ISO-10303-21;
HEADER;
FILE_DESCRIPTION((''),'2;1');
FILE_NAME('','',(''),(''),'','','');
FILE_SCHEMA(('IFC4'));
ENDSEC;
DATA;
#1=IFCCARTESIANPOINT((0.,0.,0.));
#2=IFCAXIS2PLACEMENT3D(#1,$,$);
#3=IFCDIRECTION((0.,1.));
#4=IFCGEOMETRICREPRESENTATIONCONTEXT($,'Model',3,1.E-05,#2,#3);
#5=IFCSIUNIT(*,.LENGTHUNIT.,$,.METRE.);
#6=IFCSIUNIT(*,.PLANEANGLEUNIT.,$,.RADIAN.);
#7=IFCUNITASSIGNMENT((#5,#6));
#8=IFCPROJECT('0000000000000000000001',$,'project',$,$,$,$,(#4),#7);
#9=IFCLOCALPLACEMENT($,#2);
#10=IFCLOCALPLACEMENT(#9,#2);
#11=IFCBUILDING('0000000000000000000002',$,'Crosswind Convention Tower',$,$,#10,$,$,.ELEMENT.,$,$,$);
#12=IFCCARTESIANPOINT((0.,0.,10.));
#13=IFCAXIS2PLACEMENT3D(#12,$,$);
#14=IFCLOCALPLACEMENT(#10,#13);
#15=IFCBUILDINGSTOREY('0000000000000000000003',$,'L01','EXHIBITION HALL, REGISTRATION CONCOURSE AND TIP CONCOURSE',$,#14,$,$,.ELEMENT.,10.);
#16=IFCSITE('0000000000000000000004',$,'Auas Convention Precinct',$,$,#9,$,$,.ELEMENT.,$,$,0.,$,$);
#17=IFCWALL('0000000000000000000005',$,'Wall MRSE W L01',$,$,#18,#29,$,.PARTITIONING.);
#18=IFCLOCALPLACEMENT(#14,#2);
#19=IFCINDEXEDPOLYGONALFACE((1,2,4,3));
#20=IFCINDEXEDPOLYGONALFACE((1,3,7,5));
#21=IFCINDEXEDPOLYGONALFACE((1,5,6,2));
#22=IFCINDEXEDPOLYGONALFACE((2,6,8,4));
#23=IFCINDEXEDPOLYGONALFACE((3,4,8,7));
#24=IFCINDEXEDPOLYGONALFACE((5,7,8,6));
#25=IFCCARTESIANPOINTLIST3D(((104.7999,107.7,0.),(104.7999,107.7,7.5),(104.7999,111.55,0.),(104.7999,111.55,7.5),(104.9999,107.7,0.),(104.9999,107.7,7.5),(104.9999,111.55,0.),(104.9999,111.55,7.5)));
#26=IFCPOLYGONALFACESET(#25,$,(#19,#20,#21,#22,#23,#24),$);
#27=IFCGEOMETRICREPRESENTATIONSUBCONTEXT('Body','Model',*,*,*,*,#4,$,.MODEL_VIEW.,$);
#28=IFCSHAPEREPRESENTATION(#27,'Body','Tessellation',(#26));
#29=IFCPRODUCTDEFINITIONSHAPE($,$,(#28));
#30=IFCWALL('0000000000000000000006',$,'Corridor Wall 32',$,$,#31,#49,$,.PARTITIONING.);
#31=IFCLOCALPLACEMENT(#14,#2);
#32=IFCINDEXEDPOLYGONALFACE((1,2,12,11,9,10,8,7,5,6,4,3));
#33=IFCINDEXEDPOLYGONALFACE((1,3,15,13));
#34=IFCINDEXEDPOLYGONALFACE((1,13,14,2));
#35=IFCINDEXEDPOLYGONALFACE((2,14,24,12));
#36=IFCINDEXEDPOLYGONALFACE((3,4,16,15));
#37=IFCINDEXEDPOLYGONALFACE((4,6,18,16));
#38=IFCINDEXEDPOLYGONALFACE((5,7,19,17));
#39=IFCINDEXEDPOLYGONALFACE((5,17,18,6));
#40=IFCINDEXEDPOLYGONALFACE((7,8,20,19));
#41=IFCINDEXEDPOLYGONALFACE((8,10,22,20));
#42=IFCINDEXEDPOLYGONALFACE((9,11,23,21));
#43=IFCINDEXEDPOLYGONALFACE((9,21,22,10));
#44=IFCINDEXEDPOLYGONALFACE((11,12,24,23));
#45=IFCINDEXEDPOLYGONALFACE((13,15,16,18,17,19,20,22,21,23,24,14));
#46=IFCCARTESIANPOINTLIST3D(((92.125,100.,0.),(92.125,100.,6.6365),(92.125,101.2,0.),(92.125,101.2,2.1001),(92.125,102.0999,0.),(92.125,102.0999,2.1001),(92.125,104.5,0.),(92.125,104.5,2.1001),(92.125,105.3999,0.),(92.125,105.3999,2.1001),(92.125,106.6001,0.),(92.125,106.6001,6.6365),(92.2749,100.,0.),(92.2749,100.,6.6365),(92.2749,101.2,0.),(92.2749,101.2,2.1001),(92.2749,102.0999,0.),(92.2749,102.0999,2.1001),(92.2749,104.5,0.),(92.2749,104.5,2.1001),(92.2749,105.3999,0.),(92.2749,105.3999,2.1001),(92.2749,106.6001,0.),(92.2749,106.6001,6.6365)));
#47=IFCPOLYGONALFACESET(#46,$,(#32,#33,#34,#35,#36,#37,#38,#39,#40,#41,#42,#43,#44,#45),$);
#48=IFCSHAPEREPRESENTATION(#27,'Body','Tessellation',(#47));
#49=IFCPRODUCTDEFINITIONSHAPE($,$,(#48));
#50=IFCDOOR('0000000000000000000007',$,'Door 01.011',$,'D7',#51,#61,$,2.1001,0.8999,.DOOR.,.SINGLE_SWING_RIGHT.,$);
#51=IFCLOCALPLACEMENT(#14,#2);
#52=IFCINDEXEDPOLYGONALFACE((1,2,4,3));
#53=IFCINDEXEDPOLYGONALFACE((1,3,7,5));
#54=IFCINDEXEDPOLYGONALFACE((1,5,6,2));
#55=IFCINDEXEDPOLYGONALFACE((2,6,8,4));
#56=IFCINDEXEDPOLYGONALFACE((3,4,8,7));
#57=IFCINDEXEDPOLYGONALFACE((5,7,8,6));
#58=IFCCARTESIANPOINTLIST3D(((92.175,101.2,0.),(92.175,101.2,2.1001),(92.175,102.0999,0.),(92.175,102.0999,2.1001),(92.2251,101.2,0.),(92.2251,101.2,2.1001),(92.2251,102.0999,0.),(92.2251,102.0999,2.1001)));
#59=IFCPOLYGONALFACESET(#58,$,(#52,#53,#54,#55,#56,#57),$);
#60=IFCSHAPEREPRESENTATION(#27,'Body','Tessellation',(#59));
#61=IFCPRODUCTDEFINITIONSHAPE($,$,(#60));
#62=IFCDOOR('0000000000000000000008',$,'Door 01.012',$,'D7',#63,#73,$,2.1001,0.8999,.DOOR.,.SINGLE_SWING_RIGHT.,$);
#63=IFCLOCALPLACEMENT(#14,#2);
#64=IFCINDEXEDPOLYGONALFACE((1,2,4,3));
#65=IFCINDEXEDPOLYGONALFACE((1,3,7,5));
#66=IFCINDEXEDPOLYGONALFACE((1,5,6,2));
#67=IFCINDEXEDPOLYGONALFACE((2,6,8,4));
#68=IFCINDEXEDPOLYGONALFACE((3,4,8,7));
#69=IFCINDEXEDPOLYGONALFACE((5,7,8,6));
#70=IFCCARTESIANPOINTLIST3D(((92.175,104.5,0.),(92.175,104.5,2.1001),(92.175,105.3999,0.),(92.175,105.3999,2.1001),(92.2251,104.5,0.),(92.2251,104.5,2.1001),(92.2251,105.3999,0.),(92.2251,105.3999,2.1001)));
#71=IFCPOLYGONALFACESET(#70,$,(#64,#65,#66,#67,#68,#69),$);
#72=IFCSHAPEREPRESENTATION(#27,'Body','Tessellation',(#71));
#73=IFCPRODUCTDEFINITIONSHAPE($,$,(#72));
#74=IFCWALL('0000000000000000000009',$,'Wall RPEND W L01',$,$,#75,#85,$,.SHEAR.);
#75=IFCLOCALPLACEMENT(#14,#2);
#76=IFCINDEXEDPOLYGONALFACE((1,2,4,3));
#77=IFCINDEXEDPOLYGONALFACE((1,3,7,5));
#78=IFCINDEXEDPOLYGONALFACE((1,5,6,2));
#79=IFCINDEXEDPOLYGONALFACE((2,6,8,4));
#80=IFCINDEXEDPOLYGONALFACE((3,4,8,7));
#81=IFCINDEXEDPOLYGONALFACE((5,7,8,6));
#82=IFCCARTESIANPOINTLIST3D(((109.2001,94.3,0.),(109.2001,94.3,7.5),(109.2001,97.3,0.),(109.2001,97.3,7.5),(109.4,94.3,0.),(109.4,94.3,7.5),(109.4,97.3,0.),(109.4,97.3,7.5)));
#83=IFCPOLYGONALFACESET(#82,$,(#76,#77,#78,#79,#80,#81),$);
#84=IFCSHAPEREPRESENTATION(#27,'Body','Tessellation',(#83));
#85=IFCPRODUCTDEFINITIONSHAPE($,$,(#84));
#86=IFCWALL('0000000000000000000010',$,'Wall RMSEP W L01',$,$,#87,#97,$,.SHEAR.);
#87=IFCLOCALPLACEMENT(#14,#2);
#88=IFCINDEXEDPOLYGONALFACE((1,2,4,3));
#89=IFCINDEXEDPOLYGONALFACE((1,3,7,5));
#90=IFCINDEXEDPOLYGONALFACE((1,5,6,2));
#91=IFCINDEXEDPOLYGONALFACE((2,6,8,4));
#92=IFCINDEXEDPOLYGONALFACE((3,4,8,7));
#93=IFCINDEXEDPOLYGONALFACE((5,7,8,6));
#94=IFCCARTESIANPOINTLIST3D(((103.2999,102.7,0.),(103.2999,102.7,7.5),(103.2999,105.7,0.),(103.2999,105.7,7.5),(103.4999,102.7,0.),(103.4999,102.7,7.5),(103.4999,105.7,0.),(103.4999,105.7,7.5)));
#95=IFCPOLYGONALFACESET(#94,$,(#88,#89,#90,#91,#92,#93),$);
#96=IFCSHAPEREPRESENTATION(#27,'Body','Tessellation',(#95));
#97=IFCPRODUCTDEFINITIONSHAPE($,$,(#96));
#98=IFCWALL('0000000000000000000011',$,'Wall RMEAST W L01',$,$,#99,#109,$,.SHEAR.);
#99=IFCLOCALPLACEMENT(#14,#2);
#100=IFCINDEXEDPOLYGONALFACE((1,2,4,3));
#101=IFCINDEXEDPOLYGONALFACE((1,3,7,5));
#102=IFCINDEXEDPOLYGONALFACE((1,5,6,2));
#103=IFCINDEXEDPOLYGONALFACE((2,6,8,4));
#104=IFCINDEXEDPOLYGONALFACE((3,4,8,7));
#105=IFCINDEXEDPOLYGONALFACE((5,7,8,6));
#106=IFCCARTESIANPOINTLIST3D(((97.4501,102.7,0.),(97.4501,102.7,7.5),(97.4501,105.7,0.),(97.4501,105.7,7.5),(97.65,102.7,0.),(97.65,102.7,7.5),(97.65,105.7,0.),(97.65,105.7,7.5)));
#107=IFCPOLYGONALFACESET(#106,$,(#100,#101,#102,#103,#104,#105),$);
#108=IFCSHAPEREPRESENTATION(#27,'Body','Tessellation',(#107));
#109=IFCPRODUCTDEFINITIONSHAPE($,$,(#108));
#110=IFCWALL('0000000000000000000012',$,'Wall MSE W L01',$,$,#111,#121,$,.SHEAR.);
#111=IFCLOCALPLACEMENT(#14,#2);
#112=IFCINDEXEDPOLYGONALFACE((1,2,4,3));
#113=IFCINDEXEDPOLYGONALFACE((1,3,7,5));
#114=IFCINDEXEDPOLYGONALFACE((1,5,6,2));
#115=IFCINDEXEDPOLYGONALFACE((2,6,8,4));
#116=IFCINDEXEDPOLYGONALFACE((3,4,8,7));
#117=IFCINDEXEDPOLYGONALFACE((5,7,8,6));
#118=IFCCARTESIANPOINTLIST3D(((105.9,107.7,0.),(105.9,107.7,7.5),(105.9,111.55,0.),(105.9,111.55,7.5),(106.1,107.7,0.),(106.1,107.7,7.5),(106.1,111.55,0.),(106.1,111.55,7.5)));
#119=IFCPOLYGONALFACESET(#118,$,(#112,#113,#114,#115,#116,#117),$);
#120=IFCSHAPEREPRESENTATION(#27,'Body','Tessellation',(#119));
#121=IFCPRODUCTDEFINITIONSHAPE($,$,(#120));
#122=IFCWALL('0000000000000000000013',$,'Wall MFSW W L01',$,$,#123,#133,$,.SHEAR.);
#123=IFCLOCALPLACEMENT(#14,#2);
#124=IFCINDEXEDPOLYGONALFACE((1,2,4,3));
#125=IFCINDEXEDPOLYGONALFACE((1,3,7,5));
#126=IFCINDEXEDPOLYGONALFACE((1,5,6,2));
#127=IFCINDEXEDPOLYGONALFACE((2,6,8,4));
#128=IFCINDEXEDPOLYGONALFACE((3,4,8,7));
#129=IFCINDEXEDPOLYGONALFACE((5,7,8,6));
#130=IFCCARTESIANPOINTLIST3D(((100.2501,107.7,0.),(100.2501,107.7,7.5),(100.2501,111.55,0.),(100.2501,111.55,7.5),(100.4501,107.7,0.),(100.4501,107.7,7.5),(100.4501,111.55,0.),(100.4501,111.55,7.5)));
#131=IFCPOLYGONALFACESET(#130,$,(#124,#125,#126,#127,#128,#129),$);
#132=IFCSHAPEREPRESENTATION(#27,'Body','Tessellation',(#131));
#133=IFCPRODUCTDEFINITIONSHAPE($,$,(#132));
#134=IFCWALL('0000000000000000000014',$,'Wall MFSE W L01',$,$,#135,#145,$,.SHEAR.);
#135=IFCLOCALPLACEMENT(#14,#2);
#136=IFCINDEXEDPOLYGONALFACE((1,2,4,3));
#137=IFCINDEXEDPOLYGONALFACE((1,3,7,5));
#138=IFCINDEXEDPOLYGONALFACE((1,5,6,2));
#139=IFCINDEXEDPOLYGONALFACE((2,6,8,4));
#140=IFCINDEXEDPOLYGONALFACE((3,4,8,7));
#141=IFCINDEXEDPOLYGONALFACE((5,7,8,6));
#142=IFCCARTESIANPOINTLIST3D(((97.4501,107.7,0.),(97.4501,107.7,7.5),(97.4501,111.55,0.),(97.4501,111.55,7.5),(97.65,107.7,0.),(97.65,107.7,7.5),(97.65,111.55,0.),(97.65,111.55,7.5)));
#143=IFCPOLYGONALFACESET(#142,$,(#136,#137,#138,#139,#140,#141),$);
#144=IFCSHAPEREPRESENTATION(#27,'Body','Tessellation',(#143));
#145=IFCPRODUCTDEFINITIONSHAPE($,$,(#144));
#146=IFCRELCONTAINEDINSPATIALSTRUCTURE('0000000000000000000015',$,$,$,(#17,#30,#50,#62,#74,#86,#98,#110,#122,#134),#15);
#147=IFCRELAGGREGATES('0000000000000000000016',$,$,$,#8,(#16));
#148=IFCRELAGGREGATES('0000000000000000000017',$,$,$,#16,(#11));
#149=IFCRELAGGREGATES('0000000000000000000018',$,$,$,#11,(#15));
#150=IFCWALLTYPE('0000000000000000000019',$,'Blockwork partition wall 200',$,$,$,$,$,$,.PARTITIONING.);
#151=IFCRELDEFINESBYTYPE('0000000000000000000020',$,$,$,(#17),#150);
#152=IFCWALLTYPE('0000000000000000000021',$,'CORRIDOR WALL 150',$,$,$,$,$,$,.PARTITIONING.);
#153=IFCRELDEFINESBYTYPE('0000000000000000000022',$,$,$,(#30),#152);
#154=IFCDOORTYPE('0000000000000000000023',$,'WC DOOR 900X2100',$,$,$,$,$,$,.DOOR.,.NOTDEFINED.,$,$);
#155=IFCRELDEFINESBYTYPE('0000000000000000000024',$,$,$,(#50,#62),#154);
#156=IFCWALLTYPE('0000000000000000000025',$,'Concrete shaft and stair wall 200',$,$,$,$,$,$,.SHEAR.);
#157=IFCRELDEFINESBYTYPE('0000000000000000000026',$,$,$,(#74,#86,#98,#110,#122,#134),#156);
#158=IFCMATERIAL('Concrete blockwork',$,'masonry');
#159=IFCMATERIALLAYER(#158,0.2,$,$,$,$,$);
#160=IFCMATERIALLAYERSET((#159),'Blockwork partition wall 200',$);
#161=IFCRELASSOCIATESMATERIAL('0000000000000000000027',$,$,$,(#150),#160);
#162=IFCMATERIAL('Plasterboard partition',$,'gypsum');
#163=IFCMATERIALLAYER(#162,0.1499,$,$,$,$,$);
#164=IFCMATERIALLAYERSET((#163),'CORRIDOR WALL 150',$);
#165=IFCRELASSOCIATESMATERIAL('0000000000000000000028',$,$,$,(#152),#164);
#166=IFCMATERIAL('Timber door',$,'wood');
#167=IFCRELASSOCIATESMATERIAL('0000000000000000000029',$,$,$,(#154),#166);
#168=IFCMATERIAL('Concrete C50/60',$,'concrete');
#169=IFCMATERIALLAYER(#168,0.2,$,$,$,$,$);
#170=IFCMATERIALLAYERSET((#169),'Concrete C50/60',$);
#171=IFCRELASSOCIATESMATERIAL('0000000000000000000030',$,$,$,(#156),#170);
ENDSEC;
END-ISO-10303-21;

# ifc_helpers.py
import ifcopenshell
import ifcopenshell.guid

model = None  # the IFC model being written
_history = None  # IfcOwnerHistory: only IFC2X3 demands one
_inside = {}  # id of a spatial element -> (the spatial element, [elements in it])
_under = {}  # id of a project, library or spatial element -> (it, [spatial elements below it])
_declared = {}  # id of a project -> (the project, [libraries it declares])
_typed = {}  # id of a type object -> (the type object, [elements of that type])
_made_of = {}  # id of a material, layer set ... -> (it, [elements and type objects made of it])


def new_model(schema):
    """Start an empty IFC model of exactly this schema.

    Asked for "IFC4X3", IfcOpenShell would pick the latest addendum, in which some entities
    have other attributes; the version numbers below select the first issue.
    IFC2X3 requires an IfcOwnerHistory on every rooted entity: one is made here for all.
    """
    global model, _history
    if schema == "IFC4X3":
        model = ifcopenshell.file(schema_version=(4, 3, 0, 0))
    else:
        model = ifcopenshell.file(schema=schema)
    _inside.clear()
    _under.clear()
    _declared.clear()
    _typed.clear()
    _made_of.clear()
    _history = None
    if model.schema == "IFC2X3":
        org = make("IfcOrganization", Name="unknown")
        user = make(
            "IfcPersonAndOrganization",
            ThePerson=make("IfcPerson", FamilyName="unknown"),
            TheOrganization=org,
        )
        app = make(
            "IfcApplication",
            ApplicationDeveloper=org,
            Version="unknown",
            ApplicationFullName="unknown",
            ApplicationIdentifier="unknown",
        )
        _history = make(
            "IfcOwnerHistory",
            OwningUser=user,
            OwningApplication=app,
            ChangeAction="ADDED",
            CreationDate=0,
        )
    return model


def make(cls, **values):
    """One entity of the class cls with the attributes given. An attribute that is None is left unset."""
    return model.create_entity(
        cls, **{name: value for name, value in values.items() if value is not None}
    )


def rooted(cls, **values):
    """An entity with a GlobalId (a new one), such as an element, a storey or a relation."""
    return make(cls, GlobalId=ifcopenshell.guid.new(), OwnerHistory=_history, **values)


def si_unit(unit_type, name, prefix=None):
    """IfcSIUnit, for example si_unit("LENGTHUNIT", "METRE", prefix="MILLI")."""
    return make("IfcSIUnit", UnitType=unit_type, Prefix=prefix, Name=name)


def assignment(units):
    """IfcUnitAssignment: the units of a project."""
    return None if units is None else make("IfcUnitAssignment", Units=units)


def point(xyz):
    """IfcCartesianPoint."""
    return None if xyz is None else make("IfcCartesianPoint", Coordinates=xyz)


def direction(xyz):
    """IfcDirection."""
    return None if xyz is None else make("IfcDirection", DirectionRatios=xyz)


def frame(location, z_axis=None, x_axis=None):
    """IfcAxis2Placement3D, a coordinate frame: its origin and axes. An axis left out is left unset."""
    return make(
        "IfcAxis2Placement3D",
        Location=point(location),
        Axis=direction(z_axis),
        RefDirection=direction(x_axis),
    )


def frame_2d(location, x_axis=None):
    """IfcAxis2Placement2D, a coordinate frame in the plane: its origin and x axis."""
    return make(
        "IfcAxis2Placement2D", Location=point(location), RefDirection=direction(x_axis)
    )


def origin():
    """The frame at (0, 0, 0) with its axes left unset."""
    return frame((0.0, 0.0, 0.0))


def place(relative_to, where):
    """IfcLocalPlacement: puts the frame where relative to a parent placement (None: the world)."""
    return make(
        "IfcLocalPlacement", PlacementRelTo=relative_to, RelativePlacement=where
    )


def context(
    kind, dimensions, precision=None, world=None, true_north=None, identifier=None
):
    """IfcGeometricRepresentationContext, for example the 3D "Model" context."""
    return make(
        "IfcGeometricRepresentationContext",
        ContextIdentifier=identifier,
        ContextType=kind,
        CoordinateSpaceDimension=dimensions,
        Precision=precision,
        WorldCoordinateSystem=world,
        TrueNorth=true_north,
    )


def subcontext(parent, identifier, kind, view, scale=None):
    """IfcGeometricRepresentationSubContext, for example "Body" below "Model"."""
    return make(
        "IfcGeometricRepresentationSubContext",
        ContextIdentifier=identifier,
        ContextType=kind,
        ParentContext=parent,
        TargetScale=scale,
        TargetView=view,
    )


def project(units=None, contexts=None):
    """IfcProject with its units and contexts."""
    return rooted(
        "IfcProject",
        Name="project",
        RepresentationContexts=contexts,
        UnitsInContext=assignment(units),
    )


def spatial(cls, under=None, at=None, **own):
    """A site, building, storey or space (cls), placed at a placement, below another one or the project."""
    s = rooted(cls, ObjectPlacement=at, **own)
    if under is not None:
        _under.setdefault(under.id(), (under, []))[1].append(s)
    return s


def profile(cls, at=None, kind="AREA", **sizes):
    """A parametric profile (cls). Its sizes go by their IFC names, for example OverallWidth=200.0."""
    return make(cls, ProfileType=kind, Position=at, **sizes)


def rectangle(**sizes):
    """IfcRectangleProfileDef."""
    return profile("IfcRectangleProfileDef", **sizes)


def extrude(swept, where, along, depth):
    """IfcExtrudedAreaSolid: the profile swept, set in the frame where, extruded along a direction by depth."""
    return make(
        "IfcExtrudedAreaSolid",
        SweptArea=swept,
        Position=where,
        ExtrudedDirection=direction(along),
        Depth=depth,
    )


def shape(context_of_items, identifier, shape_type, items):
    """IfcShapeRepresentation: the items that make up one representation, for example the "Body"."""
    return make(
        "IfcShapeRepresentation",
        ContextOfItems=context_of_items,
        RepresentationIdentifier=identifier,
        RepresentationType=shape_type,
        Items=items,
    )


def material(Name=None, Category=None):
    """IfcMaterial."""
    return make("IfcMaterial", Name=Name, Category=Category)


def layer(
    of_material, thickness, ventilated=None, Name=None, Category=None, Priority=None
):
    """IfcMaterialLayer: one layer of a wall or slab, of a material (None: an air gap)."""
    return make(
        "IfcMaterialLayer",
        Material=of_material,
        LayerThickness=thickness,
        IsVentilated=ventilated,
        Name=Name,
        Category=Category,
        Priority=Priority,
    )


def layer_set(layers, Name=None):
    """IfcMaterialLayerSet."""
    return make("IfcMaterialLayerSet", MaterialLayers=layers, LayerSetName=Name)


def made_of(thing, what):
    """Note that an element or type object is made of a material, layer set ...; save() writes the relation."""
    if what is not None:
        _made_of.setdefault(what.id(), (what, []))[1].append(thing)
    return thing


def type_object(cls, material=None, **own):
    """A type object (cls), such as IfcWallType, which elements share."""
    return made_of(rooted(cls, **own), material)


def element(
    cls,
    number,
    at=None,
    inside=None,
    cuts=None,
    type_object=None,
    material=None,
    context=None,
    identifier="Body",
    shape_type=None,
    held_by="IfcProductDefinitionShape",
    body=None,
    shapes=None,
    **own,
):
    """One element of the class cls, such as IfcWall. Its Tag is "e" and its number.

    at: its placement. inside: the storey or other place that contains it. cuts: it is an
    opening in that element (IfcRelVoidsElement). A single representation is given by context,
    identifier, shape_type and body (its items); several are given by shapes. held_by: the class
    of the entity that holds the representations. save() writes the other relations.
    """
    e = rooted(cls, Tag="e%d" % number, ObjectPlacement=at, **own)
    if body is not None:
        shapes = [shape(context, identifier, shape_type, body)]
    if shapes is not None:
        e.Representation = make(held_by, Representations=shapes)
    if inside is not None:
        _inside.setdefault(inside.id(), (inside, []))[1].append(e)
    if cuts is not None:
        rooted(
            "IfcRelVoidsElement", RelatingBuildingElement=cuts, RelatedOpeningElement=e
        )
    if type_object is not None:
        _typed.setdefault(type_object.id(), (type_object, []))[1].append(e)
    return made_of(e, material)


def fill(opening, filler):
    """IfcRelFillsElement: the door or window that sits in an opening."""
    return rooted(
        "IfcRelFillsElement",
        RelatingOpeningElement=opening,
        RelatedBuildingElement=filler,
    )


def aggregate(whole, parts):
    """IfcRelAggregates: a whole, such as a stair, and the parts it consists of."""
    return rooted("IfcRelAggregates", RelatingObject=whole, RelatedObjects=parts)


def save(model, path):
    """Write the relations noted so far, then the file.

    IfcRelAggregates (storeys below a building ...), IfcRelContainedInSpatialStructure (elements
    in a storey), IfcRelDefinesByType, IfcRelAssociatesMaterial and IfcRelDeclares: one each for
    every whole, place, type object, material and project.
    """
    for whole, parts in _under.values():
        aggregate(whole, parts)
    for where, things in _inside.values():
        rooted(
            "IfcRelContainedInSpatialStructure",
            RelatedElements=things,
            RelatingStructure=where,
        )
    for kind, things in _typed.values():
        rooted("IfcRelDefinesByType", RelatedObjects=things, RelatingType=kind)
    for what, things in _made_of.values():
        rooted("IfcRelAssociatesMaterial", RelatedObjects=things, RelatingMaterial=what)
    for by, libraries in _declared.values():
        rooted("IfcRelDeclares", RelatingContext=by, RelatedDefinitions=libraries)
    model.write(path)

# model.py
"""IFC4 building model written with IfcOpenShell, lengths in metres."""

from ifc_helpers import new_model, si_unit, direction, frame, frame_2d, origin, place, context, subcontext, project, spatial, rectangle, extrude, material, layer, layer_set, type_object, element, fill, save


model = new_model("IFC4")

# Units and contexts
model_context = context("Model", 3, precision=1e-05, world=origin(), true_north=direction((0.0, 1.0)))
body_context = subcontext(model_context, "Body", "Model", "MODEL_VIEW")
ifc_project = project(units=[si_unit("LENGTHUNIT", "METRE"), si_unit("PLANEANGLEUNIT", "RADIAN")], contexts=[model_context])

# Site, building, storey
site_placement = place(None, origin())
site = spatial("IfcSite", under=ifc_project, at=site_placement, Name="Auas Convention Precinct", CompositionType="ELEMENT", RefElevation=0.0)
building_placement = place(site_placement, origin())
building = spatial("IfcBuilding", under=site, at=building_placement, Name="Crosswind Convention Tower", CompositionType="ELEMENT")
storey_placement = place(building_placement, frame((0.0, 0.0, 10.0)))
storey = spatial("IfcBuildingStorey", under=building, at=storey_placement, Name="L01", Description="EXHIBITION HALL, REGISTRATION CONCOURSE AND TIP CONCOURSE", CompositionType="ELEMENT", Elevation=10.0)

# Wall
ifc_material_1 = material(Name="Concrete blockwork", Category="masonry")
ifc_layer_1 = layer(ifc_material_1, 0.2)
ifc_layer_set_1 = layer_set([ifc_layer_1], Name="Blockwork partition wall 200")
wall_type_1 = type_object("IfcWallType", Name="Blockwork partition wall 200", PredefinedType="PARTITIONING", material=ifc_layer_set_1)
wall_1_placement = place(storey_placement, frame((104.8999, 111.55, 0.0), z_axis=(0.0, 0.0, 1.0), x_axis=(0.0, -1.0, 0.0)))
element("IfcWall", 1, at=wall_1_placement, inside=storey, type_object=wall_type_1, Name="Wall MRSE W L01", PredefinedType="PARTITIONING", context=body_context, shape_type="SweptSolid", body=[
    extrude(rectangle(XDim=3.8501, YDim=0.2, at=frame_2d((1.925, 0.0))), origin(), (0.0, 0.0, 1.0), 7.5),
])

# Wall, openings, doors
ifc_material_2 = material(Name="Plasterboard partition", Category="gypsum")
ifc_layer_2 = layer(ifc_material_2, 0.1499)
ifc_layer_set_2 = layer_set([ifc_layer_2], Name="CORRIDOR WALL 150")
wall_type_2 = type_object("IfcWallType", Name="CORRIDOR WALL 150", PredefinedType="PARTITIONING", material=ifc_layer_set_2)
wall_2_placement = place(storey_placement, frame((92.2, 100.0, 0.0), z_axis=(0.0, 0.0, 1.0), x_axis=(0.0, 1.0, 0.0)))
wall_2 = element("IfcWall", 2, at=wall_2_placement, inside=storey, type_object=wall_type_2, Name="Corridor Wall 32", PredefinedType="PARTITIONING", context=body_context, shape_type="SweptSolid", body=[
    extrude(rectangle(XDim=6.6001, YDim=0.1499, at=frame_2d((3.3, 0.0))), origin(), (0.0, 0.0, 1.0), 6.6365),
])
opening_1_placement = place(wall_2_placement, frame((1.2, 0.0, 0.0)))
opening_1 = element("IfcOpeningElement", 3, at=opening_1_placement, cuts=wall_2, PredefinedType="OPENING", context=body_context, shape_type="SweptSolid", body=[
    extrude(rectangle(XDim=0.8999, YDim=2.1001, at=frame_2d((0.45, 1.05))), frame((0.0, 0.085, 0.0), z_axis=(0.0, -1.0, 0.0), x_axis=(1.0, 0.0, 0.0)), (0.0, 0.0, 1.0), 0.1699),
])
opening_2_placement = place(wall_2_placement, frame((4.5, 0.0, 0.0)))
opening_2 = element("IfcOpeningElement", 4, at=opening_2_placement, cuts=wall_2, PredefinedType="OPENING", context=body_context, shape_type="SweptSolid", body=[
    extrude(rectangle(XDim=0.8999, YDim=2.1001, at=frame_2d((0.45, 1.05))), frame((0.0, 0.085, 0.0), z_axis=(0.0, -1.0, 0.0), x_axis=(1.0, 0.0, 0.0)), (0.0, 0.0, 1.0), 0.1699),
])
ifc_material_3 = material(Name="Timber door", Category="wood")
door_type_1 = type_object("IfcDoorType", Name="WC DOOR 900X2100", OperationType="NOTDEFINED", PredefinedType="DOOR", material=ifc_material_3)
door_1_placement = place(opening_1_placement, origin())
door_1 = element("IfcDoor", 5, at=door_1_placement, inside=storey, type_object=door_type_1, Name="Door 01.011", ObjectType="D7", OperationType="SINGLE_SWING_RIGHT", OverallHeight=2.1001, OverallWidth=0.8999, PredefinedType="DOOR", context=body_context, shape_type="SweptSolid", body=[
    extrude(rectangle(XDim=0.8999, YDim=2.1001, at=frame_2d((0.45, 1.05))), frame((0.0, 0.0249, 0.0), z_axis=(0.0, -1.0, 0.0), x_axis=(1.0, 0.0, 0.0)), (0.0, 0.0, 1.0), 0.05),
])
fill(opening_1, door_1)
door_2_placement = place(opening_2_placement, origin())
door_2 = element("IfcDoor", 6, at=door_2_placement, inside=storey, type_object=door_type_1, Name="Door 01.012", ObjectType="D7", OperationType="SINGLE_SWING_RIGHT", OverallHeight=2.1001, OverallWidth=0.8999, PredefinedType="DOOR", context=body_context, shape_type="SweptSolid", body=[
    extrude(rectangle(XDim=0.8999, YDim=2.1001, at=frame_2d((0.45, 1.05))), frame((0.0, 0.0249, 0.0), z_axis=(0.0, -1.0, 0.0), x_axis=(1.0, 0.0, 0.0)), (0.0, 0.0, 1.0), 0.05),
])
fill(opening_2, door_2)

# Walls
ifc_material_4 = material(Name="Concrete C50/60", Category="concrete")
ifc_layer_3 = layer(ifc_material_4, 0.2)
ifc_layer_set_3 = layer_set([ifc_layer_3], Name="Concrete C50/60")
wall_type_3 = type_object("IfcWallType", Name="Concrete shaft and stair wall 200", PredefinedType="SHEAR", material=ifc_layer_set_3)
for number, where, z_axis, x_axis, name in (
    (7, (109.3, 97.3, 0.0), (0.0, 0.0, 1.0), (0.0, -1.0, 0.0), "Wall RPEND W L01"),
    (8, (103.3999, 105.7, 0.0), (0.0, 0.0, 1.0), (0.0, -1.0, 0.0), "Wall RMSEP W L01"),
    (9, (97.55, 105.7, 0.0), (0.0, 0.0, 1.0), (0.0, -1.0, 0.0), "Wall RMEAST W L01"),
):
    element("IfcWall", number, at=place(storey_placement, frame(where, z_axis=z_axis, x_axis=x_axis)), inside=storey, type_object=wall_type_3, Name=name, PredefinedType="SHEAR", context=body_context, shape_type="SweptSolid", body=[
        extrude(rectangle(XDim=3.0, YDim=0.2, at=frame_2d((1.5, 0.0))), origin(), (0.0, 0.0, 1.0), 7.5),
    ])
for number, where, z_axis, x_axis, name in (
    (10, (106.0, 111.55, 0.0), (0.0, 0.0, 1.0), (0.0, -1.0, 0.0), "Wall MSE W L01"),
    (11, (100.3501, 111.55, 0.0), (0.0, 0.0, 1.0), (0.0, -1.0, 0.0), "Wall MFSW W L01"),
    (12, (97.55, 111.55, 0.0), (0.0, 0.0, 1.0), (0.0, -1.0, 0.0), "Wall MFSE W L01"),
):
    element("IfcWall", number, at=place(storey_placement, frame(where, z_axis=z_axis, x_axis=x_axis)), inside=storey, type_object=wall_type_3, Name=name, PredefinedType="SHEAR", context=body_context, shape_type="SweptSolid", body=[
        extrude(rectangle(XDim=3.8501, YDim=0.2, at=frame_2d((1.925, 0.0))), origin(), (0.0, 0.0, 1.0), 7.5),
    ])

save(model, "model.ifc")
